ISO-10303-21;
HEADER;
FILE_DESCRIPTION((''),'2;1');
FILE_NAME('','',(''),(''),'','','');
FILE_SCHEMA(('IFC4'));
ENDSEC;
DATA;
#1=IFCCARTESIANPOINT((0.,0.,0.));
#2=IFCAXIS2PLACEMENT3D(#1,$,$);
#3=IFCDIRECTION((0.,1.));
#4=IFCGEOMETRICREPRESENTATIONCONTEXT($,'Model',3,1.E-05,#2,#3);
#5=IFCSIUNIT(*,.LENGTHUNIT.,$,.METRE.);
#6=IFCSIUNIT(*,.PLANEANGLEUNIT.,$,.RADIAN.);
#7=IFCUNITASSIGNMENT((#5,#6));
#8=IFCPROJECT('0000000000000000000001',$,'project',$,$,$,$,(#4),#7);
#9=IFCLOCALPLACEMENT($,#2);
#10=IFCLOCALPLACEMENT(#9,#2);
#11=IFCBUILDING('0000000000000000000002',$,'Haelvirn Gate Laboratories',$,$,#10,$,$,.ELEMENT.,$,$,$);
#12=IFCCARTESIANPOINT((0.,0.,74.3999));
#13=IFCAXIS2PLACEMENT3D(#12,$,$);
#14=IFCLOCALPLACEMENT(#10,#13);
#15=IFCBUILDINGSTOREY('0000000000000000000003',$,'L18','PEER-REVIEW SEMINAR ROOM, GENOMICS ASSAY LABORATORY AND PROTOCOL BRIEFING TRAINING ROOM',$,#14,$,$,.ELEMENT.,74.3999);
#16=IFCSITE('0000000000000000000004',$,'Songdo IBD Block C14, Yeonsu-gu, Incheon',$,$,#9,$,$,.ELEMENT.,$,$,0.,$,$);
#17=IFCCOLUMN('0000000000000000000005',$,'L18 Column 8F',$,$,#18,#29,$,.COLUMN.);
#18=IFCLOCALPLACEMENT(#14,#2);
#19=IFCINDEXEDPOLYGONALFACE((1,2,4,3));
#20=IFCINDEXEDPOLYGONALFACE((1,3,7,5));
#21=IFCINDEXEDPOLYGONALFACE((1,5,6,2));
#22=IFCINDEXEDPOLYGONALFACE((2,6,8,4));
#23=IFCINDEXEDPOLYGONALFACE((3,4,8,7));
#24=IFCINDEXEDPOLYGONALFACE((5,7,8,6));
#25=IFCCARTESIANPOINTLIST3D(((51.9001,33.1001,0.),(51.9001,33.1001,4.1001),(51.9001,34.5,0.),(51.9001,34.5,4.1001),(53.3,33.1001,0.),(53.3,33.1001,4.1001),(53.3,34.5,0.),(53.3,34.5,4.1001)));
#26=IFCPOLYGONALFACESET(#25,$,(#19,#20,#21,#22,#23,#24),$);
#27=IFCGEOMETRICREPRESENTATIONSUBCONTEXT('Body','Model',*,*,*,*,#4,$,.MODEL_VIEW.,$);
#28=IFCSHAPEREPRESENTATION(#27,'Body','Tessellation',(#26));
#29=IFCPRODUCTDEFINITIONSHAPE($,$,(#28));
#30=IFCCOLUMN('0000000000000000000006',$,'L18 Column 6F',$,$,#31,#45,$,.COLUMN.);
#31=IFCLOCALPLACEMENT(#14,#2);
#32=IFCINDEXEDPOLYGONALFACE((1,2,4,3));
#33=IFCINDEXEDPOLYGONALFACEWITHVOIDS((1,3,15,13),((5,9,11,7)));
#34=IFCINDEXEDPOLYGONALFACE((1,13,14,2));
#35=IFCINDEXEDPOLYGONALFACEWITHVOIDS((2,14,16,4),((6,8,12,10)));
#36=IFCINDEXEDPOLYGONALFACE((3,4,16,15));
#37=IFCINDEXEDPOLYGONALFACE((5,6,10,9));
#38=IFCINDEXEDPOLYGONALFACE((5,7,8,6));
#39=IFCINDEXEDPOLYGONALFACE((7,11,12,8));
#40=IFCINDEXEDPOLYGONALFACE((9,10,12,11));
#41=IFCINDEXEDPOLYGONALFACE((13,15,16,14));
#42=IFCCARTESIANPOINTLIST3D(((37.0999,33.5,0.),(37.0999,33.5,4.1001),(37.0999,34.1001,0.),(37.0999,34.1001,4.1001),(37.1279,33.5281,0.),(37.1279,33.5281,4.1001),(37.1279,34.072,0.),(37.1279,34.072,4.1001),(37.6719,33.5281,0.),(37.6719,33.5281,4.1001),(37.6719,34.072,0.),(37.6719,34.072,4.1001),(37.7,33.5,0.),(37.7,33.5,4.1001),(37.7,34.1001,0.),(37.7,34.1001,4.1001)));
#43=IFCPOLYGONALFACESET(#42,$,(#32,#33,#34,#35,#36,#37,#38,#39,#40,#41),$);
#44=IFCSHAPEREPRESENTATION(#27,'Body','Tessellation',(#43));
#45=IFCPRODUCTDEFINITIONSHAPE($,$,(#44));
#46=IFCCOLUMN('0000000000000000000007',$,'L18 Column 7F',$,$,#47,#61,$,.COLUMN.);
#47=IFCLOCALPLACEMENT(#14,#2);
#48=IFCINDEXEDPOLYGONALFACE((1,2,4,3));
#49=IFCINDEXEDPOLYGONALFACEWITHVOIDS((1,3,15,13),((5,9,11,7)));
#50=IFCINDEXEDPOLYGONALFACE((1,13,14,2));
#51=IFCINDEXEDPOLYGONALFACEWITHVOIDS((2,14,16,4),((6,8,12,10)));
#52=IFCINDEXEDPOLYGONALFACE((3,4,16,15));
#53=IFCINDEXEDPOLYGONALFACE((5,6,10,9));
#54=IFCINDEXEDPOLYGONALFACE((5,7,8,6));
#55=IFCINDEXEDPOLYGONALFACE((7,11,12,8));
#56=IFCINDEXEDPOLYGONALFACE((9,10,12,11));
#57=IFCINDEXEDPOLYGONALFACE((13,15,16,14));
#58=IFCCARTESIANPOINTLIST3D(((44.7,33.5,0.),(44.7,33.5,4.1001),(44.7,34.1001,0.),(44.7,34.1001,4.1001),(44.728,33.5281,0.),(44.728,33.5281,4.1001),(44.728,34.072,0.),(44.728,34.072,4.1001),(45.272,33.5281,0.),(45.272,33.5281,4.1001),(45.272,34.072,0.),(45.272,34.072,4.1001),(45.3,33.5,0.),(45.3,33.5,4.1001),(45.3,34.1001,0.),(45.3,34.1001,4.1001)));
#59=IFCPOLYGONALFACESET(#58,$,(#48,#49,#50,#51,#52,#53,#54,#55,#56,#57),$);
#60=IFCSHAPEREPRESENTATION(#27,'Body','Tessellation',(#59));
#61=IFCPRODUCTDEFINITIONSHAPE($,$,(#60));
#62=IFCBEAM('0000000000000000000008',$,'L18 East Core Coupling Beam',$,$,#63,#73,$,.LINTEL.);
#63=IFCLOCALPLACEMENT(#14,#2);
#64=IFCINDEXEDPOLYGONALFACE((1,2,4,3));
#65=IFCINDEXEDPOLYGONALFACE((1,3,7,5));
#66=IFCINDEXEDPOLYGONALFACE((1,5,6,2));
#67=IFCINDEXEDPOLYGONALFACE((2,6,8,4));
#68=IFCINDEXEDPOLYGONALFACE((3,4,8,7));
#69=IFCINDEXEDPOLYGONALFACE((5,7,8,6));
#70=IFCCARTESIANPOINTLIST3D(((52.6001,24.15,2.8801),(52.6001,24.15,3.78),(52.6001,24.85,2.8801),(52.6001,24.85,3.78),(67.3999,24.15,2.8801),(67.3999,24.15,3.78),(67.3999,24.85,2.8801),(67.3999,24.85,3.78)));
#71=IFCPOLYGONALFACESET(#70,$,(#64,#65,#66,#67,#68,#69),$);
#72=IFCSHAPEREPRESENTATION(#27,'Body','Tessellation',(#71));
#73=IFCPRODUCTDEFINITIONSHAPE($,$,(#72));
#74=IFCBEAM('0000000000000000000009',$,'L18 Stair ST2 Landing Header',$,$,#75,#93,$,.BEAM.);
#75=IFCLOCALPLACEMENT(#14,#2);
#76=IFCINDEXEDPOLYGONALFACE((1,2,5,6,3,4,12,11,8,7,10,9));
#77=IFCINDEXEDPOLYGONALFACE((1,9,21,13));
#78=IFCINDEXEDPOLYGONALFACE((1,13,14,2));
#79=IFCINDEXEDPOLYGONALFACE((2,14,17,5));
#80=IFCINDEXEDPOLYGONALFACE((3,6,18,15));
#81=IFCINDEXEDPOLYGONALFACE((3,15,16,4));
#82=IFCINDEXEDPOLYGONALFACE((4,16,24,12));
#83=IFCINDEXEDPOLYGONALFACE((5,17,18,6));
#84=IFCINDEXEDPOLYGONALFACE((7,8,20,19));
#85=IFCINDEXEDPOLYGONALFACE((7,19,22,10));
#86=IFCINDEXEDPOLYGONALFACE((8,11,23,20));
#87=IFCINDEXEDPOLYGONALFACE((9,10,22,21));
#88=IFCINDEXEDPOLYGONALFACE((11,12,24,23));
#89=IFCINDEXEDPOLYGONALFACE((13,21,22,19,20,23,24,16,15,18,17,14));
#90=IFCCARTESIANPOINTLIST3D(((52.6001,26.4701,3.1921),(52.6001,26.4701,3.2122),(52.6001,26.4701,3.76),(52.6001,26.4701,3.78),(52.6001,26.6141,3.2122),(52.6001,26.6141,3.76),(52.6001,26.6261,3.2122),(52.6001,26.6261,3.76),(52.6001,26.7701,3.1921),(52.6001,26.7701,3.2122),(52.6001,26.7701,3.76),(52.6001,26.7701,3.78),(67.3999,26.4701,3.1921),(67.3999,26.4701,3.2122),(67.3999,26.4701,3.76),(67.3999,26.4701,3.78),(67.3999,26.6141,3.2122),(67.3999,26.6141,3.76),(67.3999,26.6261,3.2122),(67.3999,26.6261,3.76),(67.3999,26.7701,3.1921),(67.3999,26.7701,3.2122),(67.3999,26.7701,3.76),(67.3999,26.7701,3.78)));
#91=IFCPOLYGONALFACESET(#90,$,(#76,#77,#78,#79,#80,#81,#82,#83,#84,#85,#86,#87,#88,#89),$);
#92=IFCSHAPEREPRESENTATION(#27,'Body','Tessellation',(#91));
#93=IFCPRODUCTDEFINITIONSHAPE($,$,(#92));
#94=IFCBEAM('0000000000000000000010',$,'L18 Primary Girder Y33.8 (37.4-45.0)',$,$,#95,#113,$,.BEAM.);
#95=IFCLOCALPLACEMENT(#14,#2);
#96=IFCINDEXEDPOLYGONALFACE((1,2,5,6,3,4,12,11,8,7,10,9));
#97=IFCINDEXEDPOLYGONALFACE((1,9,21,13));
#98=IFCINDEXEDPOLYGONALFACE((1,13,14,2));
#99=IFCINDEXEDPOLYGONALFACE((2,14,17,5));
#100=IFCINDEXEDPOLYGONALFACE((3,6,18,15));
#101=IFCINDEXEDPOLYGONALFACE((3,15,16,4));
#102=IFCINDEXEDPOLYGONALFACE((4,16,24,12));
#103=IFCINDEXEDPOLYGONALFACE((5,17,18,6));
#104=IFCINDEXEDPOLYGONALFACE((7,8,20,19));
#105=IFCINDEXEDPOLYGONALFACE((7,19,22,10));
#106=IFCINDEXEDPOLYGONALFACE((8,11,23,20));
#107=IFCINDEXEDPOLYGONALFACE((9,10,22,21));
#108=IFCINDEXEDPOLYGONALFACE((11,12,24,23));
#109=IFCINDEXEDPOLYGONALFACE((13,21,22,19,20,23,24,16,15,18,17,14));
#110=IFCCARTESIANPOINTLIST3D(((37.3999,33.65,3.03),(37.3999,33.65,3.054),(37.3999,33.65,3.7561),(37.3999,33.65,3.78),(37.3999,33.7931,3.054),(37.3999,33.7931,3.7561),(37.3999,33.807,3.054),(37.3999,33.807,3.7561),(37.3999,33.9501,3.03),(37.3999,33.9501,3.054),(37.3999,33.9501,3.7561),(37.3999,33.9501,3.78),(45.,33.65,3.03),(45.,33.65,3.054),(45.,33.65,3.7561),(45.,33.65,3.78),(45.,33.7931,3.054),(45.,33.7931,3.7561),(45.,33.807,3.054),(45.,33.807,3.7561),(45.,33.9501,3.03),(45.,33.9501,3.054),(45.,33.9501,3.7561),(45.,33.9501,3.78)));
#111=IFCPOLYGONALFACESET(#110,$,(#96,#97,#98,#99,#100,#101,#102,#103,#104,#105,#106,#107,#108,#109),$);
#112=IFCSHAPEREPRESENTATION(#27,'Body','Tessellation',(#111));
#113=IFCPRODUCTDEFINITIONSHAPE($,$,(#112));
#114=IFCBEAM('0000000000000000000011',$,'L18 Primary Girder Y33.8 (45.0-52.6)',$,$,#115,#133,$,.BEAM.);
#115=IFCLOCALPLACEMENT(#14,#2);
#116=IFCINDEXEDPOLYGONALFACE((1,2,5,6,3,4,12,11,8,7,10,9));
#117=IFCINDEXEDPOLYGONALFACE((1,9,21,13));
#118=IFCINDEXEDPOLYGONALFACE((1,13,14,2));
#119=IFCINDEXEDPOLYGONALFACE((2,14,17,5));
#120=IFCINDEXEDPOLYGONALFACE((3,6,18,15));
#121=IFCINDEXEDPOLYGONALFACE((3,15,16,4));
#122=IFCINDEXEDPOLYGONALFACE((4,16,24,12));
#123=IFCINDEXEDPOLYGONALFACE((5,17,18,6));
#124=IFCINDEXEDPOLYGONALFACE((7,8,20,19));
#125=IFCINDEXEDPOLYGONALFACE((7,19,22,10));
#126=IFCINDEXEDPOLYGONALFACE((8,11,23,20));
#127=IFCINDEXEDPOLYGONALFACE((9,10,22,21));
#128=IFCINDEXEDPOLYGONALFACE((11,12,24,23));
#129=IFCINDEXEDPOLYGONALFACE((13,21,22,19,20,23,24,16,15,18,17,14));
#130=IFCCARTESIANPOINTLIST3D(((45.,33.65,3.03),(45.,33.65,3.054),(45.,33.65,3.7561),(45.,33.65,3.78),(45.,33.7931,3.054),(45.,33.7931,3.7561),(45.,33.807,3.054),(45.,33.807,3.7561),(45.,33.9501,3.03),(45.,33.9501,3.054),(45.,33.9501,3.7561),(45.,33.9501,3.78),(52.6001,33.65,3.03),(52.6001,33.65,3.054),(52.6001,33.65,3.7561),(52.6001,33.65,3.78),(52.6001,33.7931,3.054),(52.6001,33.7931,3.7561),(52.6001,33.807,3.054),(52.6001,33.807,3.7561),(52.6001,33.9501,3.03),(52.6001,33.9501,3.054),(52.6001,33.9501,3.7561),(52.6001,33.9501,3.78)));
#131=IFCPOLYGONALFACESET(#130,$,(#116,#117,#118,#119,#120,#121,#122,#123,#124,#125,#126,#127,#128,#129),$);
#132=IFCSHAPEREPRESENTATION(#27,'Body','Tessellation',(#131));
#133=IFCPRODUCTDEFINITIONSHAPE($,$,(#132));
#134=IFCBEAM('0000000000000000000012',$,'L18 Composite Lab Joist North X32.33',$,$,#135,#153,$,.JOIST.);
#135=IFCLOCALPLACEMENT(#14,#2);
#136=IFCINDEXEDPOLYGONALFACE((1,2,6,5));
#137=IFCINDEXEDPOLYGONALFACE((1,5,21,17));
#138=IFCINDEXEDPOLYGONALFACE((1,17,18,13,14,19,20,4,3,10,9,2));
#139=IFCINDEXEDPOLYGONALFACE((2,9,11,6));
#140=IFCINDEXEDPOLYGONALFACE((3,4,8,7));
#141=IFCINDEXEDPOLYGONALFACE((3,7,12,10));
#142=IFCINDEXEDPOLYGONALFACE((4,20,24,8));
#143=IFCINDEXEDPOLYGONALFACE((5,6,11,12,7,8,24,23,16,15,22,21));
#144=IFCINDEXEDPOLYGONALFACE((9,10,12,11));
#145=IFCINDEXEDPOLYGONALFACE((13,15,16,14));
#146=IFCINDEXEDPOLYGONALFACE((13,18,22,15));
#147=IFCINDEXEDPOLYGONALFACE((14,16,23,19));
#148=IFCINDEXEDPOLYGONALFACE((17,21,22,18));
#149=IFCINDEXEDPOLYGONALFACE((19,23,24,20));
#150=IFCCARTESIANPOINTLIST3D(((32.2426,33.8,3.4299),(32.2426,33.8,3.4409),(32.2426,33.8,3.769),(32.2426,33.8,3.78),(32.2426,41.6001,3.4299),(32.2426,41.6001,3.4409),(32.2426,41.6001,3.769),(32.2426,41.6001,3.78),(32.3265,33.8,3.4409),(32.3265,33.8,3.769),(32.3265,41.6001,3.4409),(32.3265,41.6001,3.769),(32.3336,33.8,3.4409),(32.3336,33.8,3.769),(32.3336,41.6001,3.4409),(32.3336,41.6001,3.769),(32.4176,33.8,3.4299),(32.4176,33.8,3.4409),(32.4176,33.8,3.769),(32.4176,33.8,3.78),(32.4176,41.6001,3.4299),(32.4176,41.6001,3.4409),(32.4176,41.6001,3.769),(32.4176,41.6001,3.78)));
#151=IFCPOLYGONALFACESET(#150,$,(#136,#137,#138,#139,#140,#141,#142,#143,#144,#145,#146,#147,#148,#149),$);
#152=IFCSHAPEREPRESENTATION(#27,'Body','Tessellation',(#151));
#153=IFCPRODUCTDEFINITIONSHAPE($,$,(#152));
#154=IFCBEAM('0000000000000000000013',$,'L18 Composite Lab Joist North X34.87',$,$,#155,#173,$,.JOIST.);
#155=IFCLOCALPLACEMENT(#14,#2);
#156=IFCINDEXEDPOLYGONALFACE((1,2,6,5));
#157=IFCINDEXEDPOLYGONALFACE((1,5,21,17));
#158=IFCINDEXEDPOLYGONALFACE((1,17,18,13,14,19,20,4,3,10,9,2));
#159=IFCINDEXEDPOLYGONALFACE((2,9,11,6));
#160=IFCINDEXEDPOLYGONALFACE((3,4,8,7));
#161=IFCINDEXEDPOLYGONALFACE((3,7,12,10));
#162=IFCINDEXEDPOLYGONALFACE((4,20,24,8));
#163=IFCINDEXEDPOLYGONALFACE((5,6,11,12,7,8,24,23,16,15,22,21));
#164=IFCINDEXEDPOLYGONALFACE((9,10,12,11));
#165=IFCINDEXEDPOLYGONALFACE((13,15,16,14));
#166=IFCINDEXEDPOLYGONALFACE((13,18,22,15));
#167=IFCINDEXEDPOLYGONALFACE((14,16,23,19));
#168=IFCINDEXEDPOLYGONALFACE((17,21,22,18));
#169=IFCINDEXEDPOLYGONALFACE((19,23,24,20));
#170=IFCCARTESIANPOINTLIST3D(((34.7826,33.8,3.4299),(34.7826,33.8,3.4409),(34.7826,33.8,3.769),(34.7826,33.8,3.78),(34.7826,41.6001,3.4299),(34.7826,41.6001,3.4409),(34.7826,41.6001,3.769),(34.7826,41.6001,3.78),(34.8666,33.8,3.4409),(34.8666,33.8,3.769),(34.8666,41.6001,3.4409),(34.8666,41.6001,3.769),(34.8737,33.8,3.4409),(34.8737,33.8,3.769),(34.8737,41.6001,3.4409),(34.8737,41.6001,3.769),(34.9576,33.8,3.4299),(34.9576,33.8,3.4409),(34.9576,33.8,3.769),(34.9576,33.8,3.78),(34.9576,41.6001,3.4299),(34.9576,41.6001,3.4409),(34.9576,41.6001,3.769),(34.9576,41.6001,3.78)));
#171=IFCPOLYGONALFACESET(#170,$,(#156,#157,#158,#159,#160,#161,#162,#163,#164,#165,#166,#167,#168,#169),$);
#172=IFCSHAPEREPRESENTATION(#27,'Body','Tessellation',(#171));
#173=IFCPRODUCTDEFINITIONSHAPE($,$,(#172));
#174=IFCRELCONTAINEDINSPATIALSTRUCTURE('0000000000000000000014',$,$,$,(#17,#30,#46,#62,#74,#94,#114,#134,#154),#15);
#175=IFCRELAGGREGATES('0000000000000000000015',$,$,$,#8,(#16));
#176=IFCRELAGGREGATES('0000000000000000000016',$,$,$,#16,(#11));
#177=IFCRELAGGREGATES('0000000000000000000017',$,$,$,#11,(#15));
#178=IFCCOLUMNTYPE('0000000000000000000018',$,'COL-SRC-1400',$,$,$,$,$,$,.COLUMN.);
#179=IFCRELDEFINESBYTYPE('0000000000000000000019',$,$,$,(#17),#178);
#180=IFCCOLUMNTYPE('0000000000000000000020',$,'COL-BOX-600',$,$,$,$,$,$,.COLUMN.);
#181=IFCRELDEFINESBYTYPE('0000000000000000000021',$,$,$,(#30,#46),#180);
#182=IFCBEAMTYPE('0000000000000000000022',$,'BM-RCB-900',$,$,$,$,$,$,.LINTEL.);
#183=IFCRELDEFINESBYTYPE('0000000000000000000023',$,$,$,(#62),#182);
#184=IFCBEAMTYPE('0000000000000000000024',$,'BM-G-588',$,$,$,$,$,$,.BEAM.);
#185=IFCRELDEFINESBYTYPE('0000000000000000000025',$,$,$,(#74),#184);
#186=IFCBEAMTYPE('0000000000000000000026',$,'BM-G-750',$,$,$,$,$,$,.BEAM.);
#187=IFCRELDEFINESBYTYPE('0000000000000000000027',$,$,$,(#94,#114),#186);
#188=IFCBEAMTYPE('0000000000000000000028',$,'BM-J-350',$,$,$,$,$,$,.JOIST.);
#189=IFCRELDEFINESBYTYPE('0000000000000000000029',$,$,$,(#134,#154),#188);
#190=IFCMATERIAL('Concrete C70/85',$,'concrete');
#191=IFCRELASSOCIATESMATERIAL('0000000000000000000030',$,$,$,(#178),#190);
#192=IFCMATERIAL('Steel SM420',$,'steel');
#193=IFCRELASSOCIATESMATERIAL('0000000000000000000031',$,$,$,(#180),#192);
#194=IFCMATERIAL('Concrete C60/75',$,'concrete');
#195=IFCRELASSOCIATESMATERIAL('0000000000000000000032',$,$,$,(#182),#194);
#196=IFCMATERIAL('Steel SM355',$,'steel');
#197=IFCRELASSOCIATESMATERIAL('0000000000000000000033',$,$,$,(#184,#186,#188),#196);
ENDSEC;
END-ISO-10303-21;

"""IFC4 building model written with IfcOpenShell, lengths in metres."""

from ifc_helpers import new_model, si_unit, direction, frame, origin, origin_2d, place, context, subcontext, project, spatial, rectangle, hollow_rectangle, i_section, extrude, source, transform, mapped, material, material_profile, profile_set, type_object, type_shapes, element, save


model = new_model("IFC4")

# Units and contexts
model_context = context("Model", 3, precision=1e-05, world=origin(), true_north=direction((0.0, 1.0)))
body_context = subcontext(model_context, "Body", "Model", "MODEL_VIEW")
ifc_project = project(units=[si_unit("LENGTHUNIT", "METRE"), si_unit("PLANEANGLEUNIT", "RADIAN")], contexts=[model_context])

# Site, building, storey
site_placement = place(None, origin())
site = spatial("IfcSite", under=ifc_project, at=site_placement, Name="Songdo IBD Block C14, Yeonsu-gu, Incheon", CompositionType="ELEMENT", RefElevation=0.0)
building_placement = place(site_placement, origin())
building = spatial("IfcBuilding", under=site, at=building_placement, Name="Haelvirn Gate Laboratories", CompositionType="ELEMENT")
storey_placement = place(building_placement, frame((0.0, 0.0, 74.3999)))
storey = spatial("IfcBuildingStorey", under=building, at=storey_placement, Name="L18", Description="PEER-REVIEW SEMINAR ROOM, GENOMICS ASSAY LABORATORY AND PROTOCOL BRIEFING TRAINING ROOM", CompositionType="ELEMENT", Elevation=74.3999)

# Columns
ifc_material_1 = material(Name="Concrete C70/85", Category="concrete")
ifc_material_profile_1 = material_profile(ifc_material_1, rectangle(XDim=1.3999, YDim=1.3999, at=origin_2d()), Name="SRC-1400x1400")
ifc_profile_set_1 = profile_set([ifc_material_profile_1], Name="Concrete C70/85")
column_type_1 = type_object("IfcColumnType", Name="COL-SRC-1400", PredefinedType="COLUMN", material=ifc_profile_set_1)
shared_shape_1 = source(origin(), body_context, "Body", "SweptSolid", [
    extrude(rectangle(XDim=1.3999, YDim=1.3999, at=origin_2d()), origin(), (0.0, 0.0, 1.0), 4.1001),
])
type_shapes(column_type_1, [shared_shape_1])
column_placement = place(storey_placement, frame((52.6001, 33.8, 0.0), z_axis=(0.0, 0.0, 1.0), x_axis=(1.0, 0.0, 0.0)))
element("IfcColumn", 1, at=column_placement, inside=storey, type_object=column_type_1, Name="L18 Column 8F", PredefinedType="COLUMN", context=body_context, shape_type="MappedRepresentation", body=[
    mapped(shared_shape_1, transform((0.0, 0.0, 0.0), scale=1.0)),
])
ifc_material_2 = material(Name="Steel SM420", Category="steel")
ifc_material_profile_2 = material_profile(ifc_material_2, hollow_rectangle(XDim=0.6001, YDim=0.6001, WallThickness=0.0281, at=origin_2d()), Name="BOX-600x600x28")
ifc_profile_set_2 = profile_set([ifc_material_profile_2], Name="Steel SM420")
column_type_2 = type_object("IfcColumnType", Name="COL-BOX-600", PredefinedType="COLUMN", material=ifc_profile_set_2)
shared_shape_2 = source(origin(), body_context, "Body", "SweptSolid", [
    extrude(hollow_rectangle(XDim=0.6001, YDim=0.6001, WallThickness=0.0281, at=origin_2d()), origin(), (0.0, 0.0, 1.0), 4.1001),
])
type_shapes(column_type_2, [shared_shape_2])
for number, where, z_axis, x_axis, name in (
    (2, (37.3999, 33.8, 0.0), (0.0, 0.0, 1.0), (1.0, 0.0, 0.0), "L18 Column 6F"),
    (3, (45.0, 33.8, 0.0), (0.0, 0.0, 1.0), (1.0, 0.0, 0.0), "L18 Column 7F"),
):
    element("IfcColumn", number, at=place(storey_placement, frame(where, z_axis=z_axis, x_axis=x_axis)), inside=storey, type_object=column_type_2, Name=name, PredefinedType="COLUMN", context=body_context, shape_type="MappedRepresentation", body=[
        mapped(shared_shape_2, transform((0.0, 0.0, 0.0), scale=1.0)),
    ])

# Beams
ifc_material_3 = material(Name="Concrete C60/75", Category="concrete")
ifc_material_profile_3 = material_profile(ifc_material_3, rectangle(XDim=0.7, YDim=0.8999, at=origin_2d()), Name="RCB-700x900")
ifc_profile_set_3 = profile_set([ifc_material_profile_3], Name="Concrete C60/75")
beam_type_1 = type_object("IfcBeamType", Name="BM-RCB-900", PredefinedType="LINTEL", material=ifc_profile_set_3)
shared_shape_3 = source(origin(), body_context, "Body", "SweptSolid", [
    extrude(rectangle(XDim=0.7, YDim=0.8999, at=origin_2d()), origin(), (0.0, 0.0, 1.0), 14.7998),
])
type_shapes(beam_type_1, [shared_shape_3])
beam_1_placement = place(storey_placement, frame((52.6001, 24.5, 3.3301), z_axis=(1.0, 0.0, 0.0), x_axis=(0.0, 1.0, 0.0)))
element("IfcBeam", 4, at=beam_1_placement, inside=storey, type_object=beam_type_1, Name="L18 East Core Coupling Beam", PredefinedType="LINTEL", context=body_context, shape_type="MappedRepresentation", body=[
    mapped(shared_shape_3, transform((0.0, 0.0, 0.0), scale=1.0)),
])
ifc_material_4 = material(Name="Steel SM355", Category="steel")
ifc_material_profile_4 = material_profile(ifc_material_4, i_section(OverallWidth=0.3, OverallDepth=0.5879, WebThickness=0.012, FlangeThickness=0.02, at=origin_2d()), Name="H-588x300x12x20")
ifc_profile_set_4 = profile_set([ifc_material_profile_4], Name="Steel SM355")
beam_type_2 = type_object("IfcBeamType", Name="BM-G-588", PredefinedType="BEAM", material=ifc_profile_set_4)
shared_shape_4 = source(origin(), body_context, "Body", "SweptSolid", [
    extrude(i_section(OverallWidth=0.3, OverallDepth=0.5879, WebThickness=0.012, FlangeThickness=0.02, at=origin_2d()), origin(), (0.0, 0.0, 1.0), 14.7998),
])
type_shapes(beam_type_2, [shared_shape_4])
beam_2_placement = place(storey_placement, frame((52.6001, 26.6201, 3.4861), z_axis=(1.0, 0.0, 0.0), x_axis=(0.0, 1.0, 0.0)))
element("IfcBeam", 5, at=beam_2_placement, inside=storey, type_object=beam_type_2, Name="L18 Stair ST2 Landing Header", PredefinedType="BEAM", context=body_context, shape_type="MappedRepresentation", body=[
    mapped(shared_shape_4, transform((0.0, 0.0, 0.0), scale=1.0)),
])
ifc_material_profile_5 = material_profile(ifc_material_4, i_section(OverallWidth=0.3, OverallDepth=0.75, WebThickness=0.0139, FlangeThickness=0.0239, at=origin_2d()), Name="H-750x300x14x24")
ifc_profile_set_5 = profile_set([ifc_material_profile_5], Name="Steel SM355")
beam_type_3 = type_object("IfcBeamType", Name="BM-G-750", PredefinedType="BEAM", material=ifc_profile_set_5)
shared_shape_5 = source(origin(), body_context, "Body", "SweptSolid", [
    extrude(i_section(OverallWidth=0.3, OverallDepth=0.75, WebThickness=0.0139, FlangeThickness=0.0239, at=origin_2d()), origin(), (0.0, 0.0, 1.0), 7.6001),
])
type_shapes(beam_type_3, [shared_shape_5])
for number, where, z_axis, x_axis, name in (
    (6, (37.3999, 33.8, 3.405), (1.0, 0.0, 0.0), (0.0, 1.0, 0.0), "L18 Primary Girder Y33.8 (37.4-45.0)"),
    (7, (45.0, 33.8, 3.405), (1.0, 0.0, 0.0), (0.0, 1.0, 0.0), "L18 Primary Girder Y33.8 (45.0-52.6)"),
):
    element("IfcBeam", number, at=place(storey_placement, frame(where, z_axis=z_axis, x_axis=x_axis)), inside=storey, type_object=beam_type_3, Name=name, PredefinedType="BEAM", context=body_context, shape_type="MappedRepresentation", body=[
        mapped(shared_shape_5, transform((0.0, 0.0, 0.0), scale=1.0)),
    ])
ifc_material_profile_6 = material_profile(ifc_material_4, i_section(OverallWidth=0.175, OverallDepth=0.3501, WebThickness=0.0071, FlangeThickness=0.011, at=origin_2d()), Name="H-350x175x7x11")
ifc_profile_set_6 = profile_set([ifc_material_profile_6], Name="Steel SM355")
beam_type_4 = type_object("IfcBeamType", Name="BM-J-350", PredefinedType="JOIST", material=ifc_profile_set_6)
shared_shape_6 = source(origin(), body_context, "Body", "SweptSolid", [
    extrude(i_section(OverallWidth=0.175, OverallDepth=0.3501, WebThickness=0.0071, FlangeThickness=0.011, at=origin_2d()), origin(), (0.0, 0.0, 1.0), 7.8),
])
type_shapes(beam_type_4, [shared_shape_6])
for number, where, z_axis, x_axis, name in (
    (8, (32.3301, 33.8, 3.605), (0.0, 1.0, 0.0), (-1.0, 0.0, 0.0), "L18 Composite Lab Joist North X32.33"),
    (9, (34.8701, 33.8, 3.605), (0.0, 1.0, 0.0), (-1.0, 0.0, 0.0), "L18 Composite Lab Joist North X34.87"),
):
    element("IfcBeam", number, at=place(storey_placement, frame(where, z_axis=z_axis, x_axis=x_axis)), inside=storey, type_object=beam_type_4, Name=name, PredefinedType="JOIST", context=body_context, shape_type="MappedRepresentation", body=[
        mapped(shared_shape_6, transform((0.0, 0.0, 0.0), scale=1.0)),
    ])

save(model, "model.ifc")
